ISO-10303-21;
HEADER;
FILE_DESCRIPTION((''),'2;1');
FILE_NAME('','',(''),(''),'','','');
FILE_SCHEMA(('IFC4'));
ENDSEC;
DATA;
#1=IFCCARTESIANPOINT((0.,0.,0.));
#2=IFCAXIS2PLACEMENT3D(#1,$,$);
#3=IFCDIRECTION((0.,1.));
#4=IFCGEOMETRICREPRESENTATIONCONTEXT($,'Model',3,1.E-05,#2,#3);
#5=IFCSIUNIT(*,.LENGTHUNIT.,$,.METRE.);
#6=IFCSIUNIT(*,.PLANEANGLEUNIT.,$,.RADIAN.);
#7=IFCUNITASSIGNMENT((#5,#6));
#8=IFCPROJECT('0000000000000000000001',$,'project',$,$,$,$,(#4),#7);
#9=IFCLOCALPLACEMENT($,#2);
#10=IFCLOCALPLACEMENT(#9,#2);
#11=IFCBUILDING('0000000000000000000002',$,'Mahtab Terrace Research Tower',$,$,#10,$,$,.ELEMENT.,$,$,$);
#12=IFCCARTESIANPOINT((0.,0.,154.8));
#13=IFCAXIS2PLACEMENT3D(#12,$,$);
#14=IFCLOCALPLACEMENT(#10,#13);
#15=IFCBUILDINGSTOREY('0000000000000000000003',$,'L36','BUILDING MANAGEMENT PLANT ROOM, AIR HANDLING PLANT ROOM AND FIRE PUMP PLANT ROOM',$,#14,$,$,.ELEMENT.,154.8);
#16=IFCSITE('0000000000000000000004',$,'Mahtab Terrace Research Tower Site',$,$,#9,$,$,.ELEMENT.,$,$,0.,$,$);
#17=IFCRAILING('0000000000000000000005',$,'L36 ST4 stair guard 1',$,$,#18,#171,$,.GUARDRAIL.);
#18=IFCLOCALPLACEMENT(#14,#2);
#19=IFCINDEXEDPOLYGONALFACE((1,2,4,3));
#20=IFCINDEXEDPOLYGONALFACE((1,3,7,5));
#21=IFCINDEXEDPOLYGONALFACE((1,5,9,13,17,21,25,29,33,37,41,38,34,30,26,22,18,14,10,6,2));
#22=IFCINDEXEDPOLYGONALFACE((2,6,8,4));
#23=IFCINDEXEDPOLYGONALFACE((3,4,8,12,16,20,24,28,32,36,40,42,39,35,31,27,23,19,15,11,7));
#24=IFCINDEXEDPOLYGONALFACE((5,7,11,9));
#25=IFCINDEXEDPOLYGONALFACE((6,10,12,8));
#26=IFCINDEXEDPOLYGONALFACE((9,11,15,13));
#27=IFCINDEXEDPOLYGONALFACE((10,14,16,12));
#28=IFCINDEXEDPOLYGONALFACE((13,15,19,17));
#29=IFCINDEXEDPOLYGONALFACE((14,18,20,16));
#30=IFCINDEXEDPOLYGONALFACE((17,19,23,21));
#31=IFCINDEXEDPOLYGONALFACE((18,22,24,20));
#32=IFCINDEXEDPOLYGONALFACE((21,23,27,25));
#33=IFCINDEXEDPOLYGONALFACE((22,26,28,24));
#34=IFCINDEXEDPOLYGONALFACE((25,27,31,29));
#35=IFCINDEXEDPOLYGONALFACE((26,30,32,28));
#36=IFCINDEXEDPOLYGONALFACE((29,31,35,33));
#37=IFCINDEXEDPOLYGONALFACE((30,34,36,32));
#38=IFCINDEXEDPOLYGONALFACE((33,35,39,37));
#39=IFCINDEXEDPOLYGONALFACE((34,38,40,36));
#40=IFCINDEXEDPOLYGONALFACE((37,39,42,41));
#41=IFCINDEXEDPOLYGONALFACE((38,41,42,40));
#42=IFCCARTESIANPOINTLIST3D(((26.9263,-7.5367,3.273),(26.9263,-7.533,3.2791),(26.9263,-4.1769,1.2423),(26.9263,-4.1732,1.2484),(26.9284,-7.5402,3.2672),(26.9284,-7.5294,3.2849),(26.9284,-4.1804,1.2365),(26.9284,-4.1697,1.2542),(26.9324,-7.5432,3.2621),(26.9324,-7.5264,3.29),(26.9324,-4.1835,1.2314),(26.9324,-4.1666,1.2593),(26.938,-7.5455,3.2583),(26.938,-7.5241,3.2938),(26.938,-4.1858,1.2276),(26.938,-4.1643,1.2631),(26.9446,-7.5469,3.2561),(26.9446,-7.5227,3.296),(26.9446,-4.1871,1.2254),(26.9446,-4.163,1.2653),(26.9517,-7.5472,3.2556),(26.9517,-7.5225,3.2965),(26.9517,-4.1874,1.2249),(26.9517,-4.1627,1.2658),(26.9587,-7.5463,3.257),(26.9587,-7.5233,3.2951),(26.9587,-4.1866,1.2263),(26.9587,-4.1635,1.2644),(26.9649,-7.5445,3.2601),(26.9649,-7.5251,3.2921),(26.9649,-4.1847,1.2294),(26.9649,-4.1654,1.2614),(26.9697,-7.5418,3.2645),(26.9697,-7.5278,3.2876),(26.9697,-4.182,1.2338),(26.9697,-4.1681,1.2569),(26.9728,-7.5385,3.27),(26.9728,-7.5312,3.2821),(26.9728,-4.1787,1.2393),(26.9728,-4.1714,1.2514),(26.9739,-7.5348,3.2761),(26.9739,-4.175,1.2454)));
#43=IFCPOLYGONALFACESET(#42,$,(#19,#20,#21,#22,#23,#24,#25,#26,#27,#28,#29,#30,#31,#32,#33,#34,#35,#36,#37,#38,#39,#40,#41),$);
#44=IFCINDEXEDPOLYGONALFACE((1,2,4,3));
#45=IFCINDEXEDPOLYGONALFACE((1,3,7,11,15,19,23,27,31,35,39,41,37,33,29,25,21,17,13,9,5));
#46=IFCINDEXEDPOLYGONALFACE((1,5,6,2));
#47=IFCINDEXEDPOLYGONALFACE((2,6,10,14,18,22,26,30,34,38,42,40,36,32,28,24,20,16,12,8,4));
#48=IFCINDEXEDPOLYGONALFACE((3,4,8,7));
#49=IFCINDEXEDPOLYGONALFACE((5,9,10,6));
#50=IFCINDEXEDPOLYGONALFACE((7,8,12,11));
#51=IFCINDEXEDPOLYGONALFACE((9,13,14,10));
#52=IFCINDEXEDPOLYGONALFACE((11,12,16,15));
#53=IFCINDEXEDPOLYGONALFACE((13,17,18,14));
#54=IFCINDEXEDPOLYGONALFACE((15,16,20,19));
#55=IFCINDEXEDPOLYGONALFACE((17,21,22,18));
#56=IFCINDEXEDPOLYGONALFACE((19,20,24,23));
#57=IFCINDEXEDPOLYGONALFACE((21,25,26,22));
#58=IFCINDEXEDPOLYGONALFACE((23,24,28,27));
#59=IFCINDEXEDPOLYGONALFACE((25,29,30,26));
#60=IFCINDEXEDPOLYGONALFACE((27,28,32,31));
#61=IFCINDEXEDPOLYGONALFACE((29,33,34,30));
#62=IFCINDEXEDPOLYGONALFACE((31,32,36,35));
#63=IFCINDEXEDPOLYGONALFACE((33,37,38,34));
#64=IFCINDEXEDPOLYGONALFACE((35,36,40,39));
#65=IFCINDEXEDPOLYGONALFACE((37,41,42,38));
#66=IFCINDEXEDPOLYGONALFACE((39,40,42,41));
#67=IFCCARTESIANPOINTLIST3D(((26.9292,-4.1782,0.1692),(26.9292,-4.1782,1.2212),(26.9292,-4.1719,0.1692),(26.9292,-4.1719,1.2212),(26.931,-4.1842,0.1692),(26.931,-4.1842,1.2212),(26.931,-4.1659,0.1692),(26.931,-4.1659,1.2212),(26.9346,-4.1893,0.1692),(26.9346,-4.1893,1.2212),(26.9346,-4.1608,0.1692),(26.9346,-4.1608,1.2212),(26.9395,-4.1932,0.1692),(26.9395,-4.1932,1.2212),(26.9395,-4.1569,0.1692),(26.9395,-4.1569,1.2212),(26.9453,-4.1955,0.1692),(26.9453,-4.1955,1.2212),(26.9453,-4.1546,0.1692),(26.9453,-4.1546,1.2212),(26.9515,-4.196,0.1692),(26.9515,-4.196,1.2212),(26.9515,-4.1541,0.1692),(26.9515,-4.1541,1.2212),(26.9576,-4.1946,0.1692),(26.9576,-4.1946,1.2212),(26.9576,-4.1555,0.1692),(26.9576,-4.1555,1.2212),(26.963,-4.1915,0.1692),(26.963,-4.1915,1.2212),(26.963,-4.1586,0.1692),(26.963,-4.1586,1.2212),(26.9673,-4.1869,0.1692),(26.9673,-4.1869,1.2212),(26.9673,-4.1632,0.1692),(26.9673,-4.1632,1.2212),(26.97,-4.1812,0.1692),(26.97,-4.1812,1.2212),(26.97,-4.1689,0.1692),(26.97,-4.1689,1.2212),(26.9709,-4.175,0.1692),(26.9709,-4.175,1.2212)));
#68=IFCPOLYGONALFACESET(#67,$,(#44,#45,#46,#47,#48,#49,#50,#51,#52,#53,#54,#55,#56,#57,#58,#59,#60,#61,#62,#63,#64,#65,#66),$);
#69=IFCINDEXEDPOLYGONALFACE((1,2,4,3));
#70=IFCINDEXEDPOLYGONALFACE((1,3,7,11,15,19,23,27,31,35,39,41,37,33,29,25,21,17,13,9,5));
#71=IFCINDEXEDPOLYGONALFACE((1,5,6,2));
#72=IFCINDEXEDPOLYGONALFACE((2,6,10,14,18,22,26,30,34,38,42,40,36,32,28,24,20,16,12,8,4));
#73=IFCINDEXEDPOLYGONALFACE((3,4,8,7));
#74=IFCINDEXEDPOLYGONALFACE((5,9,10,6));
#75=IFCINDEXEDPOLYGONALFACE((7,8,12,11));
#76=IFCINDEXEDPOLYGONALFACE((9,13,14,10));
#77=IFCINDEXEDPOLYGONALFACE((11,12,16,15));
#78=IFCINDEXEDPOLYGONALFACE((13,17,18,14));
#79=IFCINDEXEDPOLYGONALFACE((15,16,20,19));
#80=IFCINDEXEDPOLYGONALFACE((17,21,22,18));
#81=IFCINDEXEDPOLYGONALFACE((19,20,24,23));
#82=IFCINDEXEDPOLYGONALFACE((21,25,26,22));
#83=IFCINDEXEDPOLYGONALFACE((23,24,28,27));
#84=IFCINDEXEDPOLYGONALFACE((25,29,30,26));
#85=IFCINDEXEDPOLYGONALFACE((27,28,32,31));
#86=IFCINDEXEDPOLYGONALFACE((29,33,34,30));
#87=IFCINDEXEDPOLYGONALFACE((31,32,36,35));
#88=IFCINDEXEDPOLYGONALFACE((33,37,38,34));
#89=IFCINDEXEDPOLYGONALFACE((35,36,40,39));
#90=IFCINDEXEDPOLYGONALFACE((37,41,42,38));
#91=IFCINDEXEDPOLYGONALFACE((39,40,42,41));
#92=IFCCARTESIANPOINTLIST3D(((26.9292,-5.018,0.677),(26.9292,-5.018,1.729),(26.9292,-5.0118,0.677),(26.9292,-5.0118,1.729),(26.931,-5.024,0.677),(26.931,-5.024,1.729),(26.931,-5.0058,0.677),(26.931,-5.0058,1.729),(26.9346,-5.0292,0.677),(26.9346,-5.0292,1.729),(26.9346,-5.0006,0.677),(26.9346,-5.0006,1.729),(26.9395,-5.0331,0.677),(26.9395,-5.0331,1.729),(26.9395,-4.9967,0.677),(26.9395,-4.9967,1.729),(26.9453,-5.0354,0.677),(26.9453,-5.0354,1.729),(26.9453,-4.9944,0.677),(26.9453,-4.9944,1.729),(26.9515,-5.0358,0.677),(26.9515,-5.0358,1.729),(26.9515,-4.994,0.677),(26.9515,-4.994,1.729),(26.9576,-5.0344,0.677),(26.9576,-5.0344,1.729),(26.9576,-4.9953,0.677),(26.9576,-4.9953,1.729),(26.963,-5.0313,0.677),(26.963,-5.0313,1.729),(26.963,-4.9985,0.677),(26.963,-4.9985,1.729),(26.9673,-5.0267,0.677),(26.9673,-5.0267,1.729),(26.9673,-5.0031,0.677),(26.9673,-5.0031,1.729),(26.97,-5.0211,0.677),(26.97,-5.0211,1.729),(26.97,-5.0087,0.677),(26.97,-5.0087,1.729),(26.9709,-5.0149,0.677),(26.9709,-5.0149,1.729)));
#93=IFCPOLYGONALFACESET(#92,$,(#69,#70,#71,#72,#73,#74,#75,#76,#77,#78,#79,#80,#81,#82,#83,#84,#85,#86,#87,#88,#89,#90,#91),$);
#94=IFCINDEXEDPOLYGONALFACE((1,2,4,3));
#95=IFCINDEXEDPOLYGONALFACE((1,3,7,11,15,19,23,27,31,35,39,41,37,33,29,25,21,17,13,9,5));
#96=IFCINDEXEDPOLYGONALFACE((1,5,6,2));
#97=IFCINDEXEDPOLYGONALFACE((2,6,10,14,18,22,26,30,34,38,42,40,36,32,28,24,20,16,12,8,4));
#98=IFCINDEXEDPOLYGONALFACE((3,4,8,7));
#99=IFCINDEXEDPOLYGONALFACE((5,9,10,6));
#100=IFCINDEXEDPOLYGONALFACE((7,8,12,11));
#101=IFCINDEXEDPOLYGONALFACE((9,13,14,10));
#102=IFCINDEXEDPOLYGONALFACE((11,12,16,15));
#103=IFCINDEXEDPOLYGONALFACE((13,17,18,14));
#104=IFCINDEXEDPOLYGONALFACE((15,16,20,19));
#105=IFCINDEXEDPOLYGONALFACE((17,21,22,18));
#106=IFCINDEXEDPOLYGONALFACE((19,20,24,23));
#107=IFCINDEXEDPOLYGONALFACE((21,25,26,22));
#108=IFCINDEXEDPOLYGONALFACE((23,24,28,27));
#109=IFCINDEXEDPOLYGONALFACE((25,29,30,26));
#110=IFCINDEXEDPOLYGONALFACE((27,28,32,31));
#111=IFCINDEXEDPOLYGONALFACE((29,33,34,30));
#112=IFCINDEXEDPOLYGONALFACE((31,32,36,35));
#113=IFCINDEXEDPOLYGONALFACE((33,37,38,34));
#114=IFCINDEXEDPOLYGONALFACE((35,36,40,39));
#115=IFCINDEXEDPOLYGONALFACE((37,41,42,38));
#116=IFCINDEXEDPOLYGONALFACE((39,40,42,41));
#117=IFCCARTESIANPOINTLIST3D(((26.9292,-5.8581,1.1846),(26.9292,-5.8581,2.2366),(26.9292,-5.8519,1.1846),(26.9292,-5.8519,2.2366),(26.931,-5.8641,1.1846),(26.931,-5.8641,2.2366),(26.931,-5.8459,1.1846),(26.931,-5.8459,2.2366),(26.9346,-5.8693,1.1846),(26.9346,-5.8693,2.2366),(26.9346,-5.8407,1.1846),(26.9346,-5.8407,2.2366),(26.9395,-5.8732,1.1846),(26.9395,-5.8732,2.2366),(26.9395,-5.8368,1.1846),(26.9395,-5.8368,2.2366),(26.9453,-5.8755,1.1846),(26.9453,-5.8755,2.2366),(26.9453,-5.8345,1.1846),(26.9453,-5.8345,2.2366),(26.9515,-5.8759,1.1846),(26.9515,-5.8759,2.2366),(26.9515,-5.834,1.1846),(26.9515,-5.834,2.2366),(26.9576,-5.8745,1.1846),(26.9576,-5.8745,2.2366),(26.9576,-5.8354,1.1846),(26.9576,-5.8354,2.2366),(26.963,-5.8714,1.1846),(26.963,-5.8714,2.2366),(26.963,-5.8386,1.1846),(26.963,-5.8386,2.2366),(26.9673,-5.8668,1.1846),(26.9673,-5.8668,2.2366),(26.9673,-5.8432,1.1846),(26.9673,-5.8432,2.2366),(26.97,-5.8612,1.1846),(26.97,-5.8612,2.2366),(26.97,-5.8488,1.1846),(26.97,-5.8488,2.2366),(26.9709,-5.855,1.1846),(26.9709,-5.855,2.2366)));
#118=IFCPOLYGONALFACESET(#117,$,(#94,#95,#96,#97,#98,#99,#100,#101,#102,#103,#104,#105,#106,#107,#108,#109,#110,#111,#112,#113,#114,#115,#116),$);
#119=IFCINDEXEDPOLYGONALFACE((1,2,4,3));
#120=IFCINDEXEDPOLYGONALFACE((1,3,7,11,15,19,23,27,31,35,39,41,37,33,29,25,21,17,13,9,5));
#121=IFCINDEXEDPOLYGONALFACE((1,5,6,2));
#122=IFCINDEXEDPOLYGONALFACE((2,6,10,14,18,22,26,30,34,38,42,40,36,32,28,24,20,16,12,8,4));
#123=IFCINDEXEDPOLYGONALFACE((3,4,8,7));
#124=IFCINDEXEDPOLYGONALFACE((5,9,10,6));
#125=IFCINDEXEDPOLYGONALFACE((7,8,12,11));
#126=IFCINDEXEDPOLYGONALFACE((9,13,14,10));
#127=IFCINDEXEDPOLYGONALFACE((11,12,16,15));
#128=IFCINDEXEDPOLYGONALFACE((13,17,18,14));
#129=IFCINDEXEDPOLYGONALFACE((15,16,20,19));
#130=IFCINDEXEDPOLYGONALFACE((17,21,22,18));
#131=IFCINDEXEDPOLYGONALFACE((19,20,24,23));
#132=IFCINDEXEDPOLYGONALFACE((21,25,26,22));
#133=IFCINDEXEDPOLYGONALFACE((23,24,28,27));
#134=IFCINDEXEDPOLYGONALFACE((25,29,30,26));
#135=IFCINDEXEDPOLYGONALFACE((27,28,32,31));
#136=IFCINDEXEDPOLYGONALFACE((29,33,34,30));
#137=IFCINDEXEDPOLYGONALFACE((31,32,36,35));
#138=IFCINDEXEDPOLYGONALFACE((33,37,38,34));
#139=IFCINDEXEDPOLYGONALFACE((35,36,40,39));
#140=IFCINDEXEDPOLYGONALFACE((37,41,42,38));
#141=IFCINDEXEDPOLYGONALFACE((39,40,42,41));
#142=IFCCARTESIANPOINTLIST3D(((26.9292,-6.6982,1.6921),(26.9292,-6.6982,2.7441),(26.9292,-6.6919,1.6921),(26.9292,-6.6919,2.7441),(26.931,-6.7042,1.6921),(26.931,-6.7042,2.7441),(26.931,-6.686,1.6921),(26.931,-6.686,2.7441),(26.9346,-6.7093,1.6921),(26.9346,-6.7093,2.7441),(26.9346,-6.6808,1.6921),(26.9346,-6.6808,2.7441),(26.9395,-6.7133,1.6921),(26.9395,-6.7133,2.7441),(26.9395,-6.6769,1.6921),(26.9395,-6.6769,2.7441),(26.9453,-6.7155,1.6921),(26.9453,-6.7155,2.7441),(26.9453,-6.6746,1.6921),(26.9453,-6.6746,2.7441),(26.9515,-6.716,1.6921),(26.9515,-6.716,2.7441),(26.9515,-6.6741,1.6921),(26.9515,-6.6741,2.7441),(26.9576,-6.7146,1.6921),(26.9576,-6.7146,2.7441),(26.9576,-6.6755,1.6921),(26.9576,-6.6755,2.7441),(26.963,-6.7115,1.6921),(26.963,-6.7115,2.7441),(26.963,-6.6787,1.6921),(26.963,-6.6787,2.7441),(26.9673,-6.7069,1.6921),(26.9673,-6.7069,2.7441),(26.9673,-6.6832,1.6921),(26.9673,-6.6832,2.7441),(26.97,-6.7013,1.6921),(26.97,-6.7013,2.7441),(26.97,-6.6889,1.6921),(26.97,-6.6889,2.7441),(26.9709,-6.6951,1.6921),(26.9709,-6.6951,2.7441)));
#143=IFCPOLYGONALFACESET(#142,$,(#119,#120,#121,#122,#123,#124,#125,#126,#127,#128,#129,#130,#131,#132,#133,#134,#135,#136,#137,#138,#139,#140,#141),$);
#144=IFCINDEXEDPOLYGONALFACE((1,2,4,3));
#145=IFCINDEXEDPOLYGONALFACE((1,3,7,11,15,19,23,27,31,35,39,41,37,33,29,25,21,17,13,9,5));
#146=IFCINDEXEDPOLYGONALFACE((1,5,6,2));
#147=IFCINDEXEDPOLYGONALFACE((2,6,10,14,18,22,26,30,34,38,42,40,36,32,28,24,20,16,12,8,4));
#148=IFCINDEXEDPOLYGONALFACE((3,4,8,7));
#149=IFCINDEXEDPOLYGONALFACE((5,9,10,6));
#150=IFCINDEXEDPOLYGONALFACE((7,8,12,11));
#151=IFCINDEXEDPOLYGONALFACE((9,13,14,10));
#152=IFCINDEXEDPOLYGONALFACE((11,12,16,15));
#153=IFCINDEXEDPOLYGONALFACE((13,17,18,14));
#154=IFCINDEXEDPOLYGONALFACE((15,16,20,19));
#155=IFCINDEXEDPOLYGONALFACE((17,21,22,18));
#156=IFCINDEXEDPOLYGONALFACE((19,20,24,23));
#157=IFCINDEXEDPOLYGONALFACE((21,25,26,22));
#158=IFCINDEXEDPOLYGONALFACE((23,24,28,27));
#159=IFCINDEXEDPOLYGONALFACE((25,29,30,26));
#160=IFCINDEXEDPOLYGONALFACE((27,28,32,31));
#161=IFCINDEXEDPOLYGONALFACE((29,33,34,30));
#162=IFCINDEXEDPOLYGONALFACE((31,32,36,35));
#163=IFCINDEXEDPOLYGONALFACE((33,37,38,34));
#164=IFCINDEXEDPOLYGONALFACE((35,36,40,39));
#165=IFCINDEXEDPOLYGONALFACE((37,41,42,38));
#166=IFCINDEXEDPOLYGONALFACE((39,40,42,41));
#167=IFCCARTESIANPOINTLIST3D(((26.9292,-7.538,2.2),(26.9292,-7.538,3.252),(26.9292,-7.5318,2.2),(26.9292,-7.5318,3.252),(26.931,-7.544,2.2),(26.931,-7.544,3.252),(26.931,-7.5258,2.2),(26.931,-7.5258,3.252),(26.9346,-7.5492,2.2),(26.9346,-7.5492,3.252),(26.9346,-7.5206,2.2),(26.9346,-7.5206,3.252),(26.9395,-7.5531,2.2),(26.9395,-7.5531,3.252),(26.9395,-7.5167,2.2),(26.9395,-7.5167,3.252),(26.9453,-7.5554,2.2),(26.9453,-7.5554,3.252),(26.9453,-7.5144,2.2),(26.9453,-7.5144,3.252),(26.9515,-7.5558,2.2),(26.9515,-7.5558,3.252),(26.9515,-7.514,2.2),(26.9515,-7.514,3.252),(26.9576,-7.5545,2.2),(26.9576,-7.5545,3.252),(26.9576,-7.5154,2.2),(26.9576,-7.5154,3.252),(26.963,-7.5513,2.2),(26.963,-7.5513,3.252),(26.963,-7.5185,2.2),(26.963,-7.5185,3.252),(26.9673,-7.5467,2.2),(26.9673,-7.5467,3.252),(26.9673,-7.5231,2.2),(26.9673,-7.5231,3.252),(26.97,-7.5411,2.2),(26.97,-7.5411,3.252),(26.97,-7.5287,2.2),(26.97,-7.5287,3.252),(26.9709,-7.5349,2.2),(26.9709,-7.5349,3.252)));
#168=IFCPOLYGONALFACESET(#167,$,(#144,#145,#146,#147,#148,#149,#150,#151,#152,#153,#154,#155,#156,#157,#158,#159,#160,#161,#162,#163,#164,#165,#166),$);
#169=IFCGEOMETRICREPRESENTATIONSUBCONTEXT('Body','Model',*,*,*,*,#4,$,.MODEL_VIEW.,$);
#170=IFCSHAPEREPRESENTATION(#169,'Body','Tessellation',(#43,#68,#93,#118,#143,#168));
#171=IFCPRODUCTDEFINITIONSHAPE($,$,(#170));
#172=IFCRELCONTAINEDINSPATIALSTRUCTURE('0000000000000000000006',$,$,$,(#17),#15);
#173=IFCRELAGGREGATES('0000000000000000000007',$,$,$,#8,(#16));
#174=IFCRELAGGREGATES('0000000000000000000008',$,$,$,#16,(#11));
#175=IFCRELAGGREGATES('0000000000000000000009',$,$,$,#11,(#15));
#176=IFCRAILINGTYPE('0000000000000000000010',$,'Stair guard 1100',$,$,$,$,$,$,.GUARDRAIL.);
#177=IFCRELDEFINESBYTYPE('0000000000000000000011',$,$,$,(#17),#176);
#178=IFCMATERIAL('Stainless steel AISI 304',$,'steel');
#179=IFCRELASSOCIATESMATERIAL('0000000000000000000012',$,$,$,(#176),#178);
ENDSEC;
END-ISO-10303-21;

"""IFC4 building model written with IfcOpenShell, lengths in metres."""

from ifc_helpers import new_model, si_unit, direction, frame, origin, origin_2d, place, context, subcontext, project, spatial, circle, extrude, material, type_object, element, save


model = new_model("IFC4")

# Units and contexts
model_context = context("Model", 3, precision=1e-05, world=origin(), true_north=direction((0.0, 1.0)))
body_context = subcontext(model_context, "Body", "Model", "MODEL_VIEW")
ifc_project = project(units=[si_unit("LENGTHUNIT", "METRE"), si_unit("PLANEANGLEUNIT", "RADIAN")], contexts=[model_context])

# Site, building, storey
site_placement = place(None, origin())
site = spatial("IfcSite", under=ifc_project, at=site_placement, Name="Mahtab Terrace Research Tower Site", CompositionType="ELEMENT", RefElevation=0.0)
building_placement = place(site_placement, origin())
building = spatial("IfcBuilding", under=site, at=building_placement, Name="Mahtab Terrace Research Tower", CompositionType="ELEMENT")
storey_placement = place(building_placement, frame((0.0, 0.0, 154.8)))
storey = spatial("IfcBuildingStorey", under=building, at=storey_placement, Name="L36", Description="BUILDING MANAGEMENT PLANT ROOM, AIR HANDLING PLANT ROOM AND FIRE PUMP PLANT ROOM", CompositionType="ELEMENT", Elevation=154.8)

# Railing
ifc_material_1 = material(Name="Stainless steel AISI 304", Category="steel")
railing_type_1 = type_object("IfcRailingType", Name="Stair guard 1100", PredefinedType="GUARDRAIL", material=ifc_material_1)
railing_1_placement = place(storey_placement, frame((26.95, -4.175, 0.1692)))
element("IfcRailing", 1, at=railing_1_placement, inside=storey, type_object=railing_type_1, Name="L36 ST4 stair guard 1", PredefinedType="GUARDRAIL", context=body_context, shape_type="SweptSolid", body=[
    extrude(circle(Radius=0.0239, at=origin_2d()), frame((0.0, 0.0, 1.0762), z_axis=(0.0, -0.85582, 0.517273), x_axis=(1.0, 0.0, 0.0)), (0.0, 0.0, 1.0), 3.9258),
    extrude(circle(Radius=0.021, at=origin_2d()), origin(), (0.0, 0.0, 1.0), 1.052),
    extrude(circle(Radius=0.021, at=origin_2d()), frame((0.0, -0.8398, 0.5078)), (0.0, 0.0, 1.0), 1.052),
    extrude(circle(Radius=0.021, at=origin_2d()), frame((0.0, -1.6799, 1.0154)), (0.0, 0.0, 1.0), 1.052),
    extrude(circle(Radius=0.021, at=origin_2d()), frame((0.0, -2.52, 1.5229)), (0.0, 0.0, 1.0), 1.052),
    extrude(circle(Radius=0.021, at=origin_2d()), frame((0.0, -3.3599, 2.0308)), (0.0, 0.0, 1.0), 1.052),
])

save(model, "model.ifc")
